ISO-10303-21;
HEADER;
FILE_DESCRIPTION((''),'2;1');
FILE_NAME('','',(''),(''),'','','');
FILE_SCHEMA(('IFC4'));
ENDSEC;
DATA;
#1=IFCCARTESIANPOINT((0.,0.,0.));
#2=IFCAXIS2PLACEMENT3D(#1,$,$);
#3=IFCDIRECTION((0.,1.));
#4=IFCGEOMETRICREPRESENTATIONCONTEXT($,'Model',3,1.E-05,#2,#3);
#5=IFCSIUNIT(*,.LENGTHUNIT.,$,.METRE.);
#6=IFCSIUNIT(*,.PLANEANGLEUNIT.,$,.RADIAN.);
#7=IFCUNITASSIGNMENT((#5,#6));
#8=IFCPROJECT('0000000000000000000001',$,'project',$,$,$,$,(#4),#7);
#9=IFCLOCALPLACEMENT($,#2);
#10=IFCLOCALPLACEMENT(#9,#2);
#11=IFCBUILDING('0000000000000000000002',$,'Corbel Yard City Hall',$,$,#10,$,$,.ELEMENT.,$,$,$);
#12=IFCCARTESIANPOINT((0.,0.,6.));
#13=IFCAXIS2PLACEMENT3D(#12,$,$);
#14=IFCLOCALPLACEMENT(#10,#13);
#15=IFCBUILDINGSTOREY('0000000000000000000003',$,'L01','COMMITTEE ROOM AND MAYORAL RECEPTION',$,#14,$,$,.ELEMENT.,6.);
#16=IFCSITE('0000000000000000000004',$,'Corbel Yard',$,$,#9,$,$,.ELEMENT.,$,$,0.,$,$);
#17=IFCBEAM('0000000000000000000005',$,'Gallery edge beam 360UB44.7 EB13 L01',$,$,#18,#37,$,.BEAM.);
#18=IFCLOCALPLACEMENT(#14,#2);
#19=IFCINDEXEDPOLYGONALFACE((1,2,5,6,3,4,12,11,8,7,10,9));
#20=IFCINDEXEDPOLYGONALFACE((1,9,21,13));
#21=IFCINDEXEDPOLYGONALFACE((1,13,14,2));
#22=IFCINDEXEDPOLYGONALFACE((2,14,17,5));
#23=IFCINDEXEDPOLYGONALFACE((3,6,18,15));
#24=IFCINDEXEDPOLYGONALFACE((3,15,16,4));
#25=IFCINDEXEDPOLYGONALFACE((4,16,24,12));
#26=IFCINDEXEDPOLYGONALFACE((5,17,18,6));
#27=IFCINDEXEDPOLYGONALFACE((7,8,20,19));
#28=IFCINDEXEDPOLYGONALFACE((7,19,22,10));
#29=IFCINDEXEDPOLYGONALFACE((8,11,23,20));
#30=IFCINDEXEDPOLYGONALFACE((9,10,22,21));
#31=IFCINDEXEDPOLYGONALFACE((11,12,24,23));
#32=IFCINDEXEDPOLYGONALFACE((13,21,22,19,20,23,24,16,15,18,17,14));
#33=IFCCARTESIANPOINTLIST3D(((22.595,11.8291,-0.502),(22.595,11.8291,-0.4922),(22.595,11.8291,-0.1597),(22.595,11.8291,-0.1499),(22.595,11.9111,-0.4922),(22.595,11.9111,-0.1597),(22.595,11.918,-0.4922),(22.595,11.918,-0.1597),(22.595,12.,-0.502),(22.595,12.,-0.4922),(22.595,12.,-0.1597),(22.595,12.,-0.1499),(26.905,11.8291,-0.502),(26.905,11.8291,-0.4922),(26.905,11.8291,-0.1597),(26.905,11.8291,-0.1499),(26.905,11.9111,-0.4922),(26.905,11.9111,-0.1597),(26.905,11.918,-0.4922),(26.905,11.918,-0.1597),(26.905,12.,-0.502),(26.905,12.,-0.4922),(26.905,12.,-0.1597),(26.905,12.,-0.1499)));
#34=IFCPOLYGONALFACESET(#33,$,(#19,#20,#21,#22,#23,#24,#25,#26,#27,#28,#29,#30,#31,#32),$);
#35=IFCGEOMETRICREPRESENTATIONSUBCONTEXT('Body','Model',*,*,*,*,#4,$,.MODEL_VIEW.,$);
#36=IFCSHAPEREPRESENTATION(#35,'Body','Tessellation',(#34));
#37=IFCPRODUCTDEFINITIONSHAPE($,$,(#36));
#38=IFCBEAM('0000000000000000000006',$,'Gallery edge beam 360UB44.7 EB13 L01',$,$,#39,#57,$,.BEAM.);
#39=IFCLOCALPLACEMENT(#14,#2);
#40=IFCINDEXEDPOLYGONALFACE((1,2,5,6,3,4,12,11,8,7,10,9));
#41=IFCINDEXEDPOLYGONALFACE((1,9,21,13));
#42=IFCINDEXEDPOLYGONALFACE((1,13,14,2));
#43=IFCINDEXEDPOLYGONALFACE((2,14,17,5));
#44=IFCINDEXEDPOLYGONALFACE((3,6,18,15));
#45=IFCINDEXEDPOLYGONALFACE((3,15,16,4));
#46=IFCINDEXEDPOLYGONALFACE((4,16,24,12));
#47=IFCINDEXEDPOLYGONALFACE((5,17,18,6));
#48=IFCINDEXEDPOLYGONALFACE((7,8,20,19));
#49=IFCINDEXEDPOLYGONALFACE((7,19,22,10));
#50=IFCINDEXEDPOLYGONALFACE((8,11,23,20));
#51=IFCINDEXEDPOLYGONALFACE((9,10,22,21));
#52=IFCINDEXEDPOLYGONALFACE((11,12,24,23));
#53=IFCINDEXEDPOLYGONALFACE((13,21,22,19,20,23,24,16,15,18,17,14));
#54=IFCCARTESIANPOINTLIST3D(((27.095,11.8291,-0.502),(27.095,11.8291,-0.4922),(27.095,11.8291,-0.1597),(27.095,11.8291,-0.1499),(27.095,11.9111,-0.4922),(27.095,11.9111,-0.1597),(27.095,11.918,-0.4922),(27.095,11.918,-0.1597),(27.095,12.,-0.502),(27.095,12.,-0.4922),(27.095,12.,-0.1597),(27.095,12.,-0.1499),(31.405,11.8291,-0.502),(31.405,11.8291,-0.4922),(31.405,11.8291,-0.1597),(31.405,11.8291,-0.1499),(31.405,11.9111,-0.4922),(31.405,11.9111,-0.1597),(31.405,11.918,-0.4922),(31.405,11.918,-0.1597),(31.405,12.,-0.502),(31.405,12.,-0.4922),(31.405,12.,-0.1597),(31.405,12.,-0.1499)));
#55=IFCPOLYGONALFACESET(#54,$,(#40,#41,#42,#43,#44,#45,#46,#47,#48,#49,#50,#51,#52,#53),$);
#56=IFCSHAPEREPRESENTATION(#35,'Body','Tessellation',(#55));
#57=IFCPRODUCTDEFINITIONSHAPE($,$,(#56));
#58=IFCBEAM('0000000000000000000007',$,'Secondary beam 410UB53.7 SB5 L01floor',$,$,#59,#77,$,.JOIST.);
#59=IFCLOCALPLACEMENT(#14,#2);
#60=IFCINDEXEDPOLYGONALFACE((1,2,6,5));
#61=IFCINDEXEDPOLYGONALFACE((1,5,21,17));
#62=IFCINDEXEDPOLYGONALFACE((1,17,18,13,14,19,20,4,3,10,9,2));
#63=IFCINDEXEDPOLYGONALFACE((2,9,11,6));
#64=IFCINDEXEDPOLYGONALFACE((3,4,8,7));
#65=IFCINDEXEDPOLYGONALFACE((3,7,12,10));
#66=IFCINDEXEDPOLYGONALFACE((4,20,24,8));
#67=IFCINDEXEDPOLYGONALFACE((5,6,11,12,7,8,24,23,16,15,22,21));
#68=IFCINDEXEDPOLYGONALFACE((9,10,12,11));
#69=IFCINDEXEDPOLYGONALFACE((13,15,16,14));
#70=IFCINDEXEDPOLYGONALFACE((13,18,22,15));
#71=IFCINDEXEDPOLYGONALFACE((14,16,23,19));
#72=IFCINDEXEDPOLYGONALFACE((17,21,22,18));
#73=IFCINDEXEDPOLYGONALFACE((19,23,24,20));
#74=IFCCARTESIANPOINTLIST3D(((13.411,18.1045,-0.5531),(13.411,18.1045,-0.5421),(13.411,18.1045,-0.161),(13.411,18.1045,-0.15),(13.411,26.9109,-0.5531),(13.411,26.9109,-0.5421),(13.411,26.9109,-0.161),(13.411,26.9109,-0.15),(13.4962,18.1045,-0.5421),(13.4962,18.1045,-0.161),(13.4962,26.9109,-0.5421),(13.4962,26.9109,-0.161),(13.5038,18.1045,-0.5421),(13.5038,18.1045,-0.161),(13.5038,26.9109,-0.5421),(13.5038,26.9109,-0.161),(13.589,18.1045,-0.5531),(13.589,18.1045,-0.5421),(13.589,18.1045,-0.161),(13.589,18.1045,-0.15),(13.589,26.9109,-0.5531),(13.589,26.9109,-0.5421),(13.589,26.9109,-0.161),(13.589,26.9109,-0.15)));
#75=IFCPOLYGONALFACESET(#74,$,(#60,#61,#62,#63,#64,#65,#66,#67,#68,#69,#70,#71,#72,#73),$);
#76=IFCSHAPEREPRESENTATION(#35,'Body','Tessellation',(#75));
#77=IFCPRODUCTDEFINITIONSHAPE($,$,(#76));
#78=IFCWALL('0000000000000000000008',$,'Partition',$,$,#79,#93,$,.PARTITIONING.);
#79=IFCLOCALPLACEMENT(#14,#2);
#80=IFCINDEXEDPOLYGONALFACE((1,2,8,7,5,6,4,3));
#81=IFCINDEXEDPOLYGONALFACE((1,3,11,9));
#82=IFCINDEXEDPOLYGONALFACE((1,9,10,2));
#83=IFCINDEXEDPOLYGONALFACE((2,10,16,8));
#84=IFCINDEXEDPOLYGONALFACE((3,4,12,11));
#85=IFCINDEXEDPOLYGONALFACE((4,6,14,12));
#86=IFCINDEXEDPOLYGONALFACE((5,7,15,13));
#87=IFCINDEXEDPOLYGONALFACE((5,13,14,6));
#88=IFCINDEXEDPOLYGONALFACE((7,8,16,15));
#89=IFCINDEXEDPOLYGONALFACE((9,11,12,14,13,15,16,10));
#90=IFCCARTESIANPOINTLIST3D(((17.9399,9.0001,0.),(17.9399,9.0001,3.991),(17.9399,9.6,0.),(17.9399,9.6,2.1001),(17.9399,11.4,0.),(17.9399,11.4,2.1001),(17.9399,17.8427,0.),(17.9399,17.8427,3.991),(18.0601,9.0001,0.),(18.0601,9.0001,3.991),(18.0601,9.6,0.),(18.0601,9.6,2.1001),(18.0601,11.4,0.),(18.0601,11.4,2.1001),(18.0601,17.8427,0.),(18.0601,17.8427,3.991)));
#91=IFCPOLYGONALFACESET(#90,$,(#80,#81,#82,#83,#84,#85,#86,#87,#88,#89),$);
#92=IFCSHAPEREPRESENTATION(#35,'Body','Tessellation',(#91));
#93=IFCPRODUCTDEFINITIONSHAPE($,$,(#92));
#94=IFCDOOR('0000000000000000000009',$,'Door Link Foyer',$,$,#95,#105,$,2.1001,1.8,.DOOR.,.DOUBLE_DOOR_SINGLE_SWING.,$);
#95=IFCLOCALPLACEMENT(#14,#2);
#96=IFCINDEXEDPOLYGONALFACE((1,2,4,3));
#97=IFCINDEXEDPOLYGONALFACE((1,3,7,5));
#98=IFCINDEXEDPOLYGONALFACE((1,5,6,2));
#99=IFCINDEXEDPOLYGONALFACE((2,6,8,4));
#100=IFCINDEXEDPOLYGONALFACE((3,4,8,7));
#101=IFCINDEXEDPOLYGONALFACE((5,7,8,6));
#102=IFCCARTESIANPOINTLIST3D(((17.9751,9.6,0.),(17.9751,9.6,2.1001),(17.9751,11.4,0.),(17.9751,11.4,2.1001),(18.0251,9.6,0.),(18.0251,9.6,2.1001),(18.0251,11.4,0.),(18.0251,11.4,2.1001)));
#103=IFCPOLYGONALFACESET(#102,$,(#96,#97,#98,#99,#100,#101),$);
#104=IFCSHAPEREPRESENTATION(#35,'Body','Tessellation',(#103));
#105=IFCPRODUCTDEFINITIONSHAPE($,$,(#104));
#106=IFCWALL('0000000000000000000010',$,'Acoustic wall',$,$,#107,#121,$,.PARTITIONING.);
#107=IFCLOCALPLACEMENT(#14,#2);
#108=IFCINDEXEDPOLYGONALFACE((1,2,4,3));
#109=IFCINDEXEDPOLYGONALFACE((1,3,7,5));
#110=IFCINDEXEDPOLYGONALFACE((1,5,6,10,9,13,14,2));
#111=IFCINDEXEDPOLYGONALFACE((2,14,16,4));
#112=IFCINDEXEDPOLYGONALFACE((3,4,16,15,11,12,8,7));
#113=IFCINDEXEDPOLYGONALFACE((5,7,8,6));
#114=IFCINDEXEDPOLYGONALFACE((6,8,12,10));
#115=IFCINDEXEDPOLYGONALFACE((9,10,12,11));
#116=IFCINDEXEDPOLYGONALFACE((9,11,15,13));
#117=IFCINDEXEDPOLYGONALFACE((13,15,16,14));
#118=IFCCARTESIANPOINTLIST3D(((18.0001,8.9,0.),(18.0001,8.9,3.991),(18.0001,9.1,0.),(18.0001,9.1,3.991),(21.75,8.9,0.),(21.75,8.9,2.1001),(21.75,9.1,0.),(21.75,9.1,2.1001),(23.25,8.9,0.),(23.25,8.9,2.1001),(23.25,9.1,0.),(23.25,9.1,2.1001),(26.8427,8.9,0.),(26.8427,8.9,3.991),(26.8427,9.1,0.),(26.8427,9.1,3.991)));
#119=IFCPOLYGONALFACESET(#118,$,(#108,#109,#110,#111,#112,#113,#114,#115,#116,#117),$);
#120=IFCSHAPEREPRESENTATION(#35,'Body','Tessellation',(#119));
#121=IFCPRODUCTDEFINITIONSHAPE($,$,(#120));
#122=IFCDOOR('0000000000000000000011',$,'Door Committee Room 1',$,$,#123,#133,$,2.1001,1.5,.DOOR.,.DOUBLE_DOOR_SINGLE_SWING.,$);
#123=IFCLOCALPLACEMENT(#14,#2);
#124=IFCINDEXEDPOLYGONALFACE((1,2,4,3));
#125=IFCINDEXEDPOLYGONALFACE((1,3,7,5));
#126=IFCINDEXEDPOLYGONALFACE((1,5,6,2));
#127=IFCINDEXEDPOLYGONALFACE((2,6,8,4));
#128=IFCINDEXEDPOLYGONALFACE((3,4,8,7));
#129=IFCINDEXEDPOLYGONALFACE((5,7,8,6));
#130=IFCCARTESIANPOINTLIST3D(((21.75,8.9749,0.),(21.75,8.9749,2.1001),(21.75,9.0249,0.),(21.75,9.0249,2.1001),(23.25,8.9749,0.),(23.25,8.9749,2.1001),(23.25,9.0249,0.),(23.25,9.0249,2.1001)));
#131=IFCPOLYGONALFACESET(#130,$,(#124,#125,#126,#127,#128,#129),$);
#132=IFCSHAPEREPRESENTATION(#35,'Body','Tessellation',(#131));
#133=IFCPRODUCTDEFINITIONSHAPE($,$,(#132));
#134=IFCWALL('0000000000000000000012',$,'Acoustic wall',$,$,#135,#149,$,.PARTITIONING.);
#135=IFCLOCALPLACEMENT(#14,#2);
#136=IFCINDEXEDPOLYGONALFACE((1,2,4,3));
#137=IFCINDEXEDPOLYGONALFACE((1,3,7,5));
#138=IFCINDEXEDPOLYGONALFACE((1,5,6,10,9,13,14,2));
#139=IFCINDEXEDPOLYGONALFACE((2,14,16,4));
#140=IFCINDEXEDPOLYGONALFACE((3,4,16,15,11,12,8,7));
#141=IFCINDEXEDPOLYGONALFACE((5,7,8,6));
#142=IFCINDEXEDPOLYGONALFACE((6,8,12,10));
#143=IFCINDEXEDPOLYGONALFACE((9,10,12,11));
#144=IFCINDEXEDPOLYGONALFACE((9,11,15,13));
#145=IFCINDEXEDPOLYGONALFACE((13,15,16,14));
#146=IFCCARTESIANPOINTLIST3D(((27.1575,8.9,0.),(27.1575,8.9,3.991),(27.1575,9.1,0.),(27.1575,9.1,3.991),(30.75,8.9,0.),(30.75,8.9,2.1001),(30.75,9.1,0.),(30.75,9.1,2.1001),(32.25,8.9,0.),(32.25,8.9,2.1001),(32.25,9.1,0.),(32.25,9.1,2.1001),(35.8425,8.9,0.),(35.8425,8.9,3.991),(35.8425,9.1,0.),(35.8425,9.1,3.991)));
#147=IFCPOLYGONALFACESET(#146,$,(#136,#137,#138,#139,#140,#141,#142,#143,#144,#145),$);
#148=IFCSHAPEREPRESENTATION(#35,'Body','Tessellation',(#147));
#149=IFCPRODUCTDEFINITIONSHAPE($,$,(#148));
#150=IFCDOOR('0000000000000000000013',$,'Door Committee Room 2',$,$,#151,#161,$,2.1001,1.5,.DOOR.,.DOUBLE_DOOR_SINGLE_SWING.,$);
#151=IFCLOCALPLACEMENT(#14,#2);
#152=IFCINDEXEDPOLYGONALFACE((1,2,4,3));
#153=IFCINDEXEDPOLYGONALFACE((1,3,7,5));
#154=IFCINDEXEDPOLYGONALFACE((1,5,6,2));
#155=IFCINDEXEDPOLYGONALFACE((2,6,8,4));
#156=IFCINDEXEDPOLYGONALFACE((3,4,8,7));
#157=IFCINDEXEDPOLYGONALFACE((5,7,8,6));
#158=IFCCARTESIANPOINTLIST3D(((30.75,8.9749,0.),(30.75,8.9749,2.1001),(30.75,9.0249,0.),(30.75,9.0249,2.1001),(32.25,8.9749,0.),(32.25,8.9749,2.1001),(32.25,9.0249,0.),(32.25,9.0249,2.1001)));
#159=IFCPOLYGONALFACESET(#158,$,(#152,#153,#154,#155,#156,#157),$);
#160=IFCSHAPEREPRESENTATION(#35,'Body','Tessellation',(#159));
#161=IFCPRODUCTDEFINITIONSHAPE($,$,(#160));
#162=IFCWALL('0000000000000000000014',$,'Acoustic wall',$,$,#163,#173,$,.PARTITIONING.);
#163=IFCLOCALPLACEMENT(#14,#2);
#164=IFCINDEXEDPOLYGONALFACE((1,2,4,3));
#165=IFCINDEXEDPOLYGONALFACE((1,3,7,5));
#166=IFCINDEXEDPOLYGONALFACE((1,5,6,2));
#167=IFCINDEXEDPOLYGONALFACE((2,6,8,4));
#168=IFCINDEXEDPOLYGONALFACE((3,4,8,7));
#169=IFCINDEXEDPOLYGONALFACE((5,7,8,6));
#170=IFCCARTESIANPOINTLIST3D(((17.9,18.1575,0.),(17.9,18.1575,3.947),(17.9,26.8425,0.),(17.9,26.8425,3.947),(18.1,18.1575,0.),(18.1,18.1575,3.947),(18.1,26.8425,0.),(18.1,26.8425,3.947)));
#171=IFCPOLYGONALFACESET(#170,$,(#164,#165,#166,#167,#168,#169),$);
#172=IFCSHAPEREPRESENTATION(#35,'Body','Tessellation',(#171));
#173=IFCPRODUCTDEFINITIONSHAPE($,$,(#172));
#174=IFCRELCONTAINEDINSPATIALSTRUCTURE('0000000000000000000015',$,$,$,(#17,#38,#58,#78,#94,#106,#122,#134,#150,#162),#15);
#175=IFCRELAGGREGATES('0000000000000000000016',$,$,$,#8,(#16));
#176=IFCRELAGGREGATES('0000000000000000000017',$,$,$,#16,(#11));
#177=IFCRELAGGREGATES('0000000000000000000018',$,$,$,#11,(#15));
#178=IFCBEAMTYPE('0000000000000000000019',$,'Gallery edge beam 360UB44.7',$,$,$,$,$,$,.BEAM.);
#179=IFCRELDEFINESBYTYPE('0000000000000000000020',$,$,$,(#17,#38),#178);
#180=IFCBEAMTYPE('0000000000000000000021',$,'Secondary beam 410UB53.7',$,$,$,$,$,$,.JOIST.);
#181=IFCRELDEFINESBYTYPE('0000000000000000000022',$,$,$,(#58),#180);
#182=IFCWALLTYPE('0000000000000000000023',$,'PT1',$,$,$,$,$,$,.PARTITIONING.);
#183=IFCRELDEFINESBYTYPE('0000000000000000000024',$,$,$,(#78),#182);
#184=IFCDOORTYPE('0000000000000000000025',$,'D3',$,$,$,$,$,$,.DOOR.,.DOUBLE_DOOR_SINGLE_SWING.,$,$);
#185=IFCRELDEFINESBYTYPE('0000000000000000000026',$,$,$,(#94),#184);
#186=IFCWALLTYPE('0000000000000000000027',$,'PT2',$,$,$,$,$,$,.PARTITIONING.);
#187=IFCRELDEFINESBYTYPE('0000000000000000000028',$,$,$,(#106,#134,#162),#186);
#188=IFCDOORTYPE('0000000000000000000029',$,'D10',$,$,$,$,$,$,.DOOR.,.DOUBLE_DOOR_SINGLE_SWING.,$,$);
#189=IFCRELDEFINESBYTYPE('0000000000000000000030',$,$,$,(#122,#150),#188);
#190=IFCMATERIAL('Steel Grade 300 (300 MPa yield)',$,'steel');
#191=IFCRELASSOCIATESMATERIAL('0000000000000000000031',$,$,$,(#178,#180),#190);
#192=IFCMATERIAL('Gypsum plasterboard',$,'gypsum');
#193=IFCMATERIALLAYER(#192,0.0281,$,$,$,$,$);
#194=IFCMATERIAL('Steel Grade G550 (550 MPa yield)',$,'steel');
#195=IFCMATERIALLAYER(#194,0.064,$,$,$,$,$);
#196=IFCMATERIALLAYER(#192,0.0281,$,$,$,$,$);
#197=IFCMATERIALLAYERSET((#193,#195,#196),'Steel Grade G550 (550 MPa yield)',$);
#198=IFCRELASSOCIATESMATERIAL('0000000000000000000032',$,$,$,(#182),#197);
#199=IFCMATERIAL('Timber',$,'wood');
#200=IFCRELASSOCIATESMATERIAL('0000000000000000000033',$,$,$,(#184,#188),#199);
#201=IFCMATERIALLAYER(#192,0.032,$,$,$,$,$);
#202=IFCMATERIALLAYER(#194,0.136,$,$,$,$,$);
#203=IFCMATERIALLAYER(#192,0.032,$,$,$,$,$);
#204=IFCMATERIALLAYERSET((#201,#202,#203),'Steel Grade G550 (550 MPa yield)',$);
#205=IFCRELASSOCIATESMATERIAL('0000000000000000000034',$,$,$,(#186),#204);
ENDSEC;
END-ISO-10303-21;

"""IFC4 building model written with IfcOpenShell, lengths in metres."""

from ifc_helpers import new_model, si_unit, direction, frame, frame_2d, origin, origin_2d, place, context, subcontext, project, spatial, rectangle, i_section, extrude, material, layer, layer_set, material_profile, profile_set, type_object, element, fill, save


model = new_model("IFC4")

# Units and contexts
model_context = context("Model", 3, precision=1e-05, world=origin(), true_north=direction((0.0, 1.0)))
body_context = subcontext(model_context, "Body", "Model", "MODEL_VIEW")
ifc_project = project(units=[si_unit("LENGTHUNIT", "METRE"), si_unit("PLANEANGLEUNIT", "RADIAN")], contexts=[model_context])

# Site, building, storey
site_placement = place(None, origin())
site = spatial("IfcSite", under=ifc_project, at=site_placement, Name="Corbel Yard", CompositionType="ELEMENT", RefElevation=0.0)
building_placement = place(site_placement, origin())
building = spatial("IfcBuilding", under=site, at=building_placement, Name="Corbel Yard City Hall", CompositionType="ELEMENT")
storey_placement = place(building_placement, frame((0.0, 0.0, 6.0)))
storey = spatial("IfcBuildingStorey", under=building, at=storey_placement, Name="L01", Description="COMMITTEE ROOM AND MAYORAL RECEPTION", CompositionType="ELEMENT", Elevation=6.0)

# Shared definitions
ifc_material_1 = material(Name="Steel Grade 300 (300 MPa yield)", Category="steel")

# Beams
ifc_material_profile_1 = material_profile(ifc_material_1, i_section(OverallWidth=0.1709, OverallDepth=0.3521, WebThickness=0.0068, FlangeThickness=0.0098, at=origin_2d()), Name="360UB44.7")
ifc_profile_set_1 = profile_set([ifc_material_profile_1], Name="Steel Grade 300 (300 MPa yield)")
beam_type_1 = type_object("IfcBeamType", Name="Gallery edge beam 360UB44.7", PredefinedType="BEAM", material=ifc_profile_set_1)
for number, where, z_axis, x_axis, name in (
    (1, (22.595, 11.9146, -0.3259), (1.0, 0.0, 0.0), (0.0, 1.0, 0.0), "Gallery edge beam 360UB44.7 EB13 L01"),
    (2, (27.095, 11.9146, -0.3259), (1.0, 0.0, 0.0), (0.0, 1.0, 0.0), "Gallery edge beam 360UB44.7 EB13 L01"),
):
    element("IfcBeam", number, at=place(storey_placement, frame(where, z_axis=z_axis, x_axis=x_axis)), inside=storey, type_object=beam_type_1, Name=name, PredefinedType="BEAM", context=body_context, shape_type="SweptSolid", body=[
        extrude(i_section(OverallWidth=0.1709, OverallDepth=0.3521, WebThickness=0.0068, FlangeThickness=0.0098, at=origin_2d()), origin(), (0.0, 0.0, 1.0), 4.3101),
    ])
ifc_material_profile_2 = material_profile(ifc_material_1, i_section(OverallWidth=0.178, OverallDepth=0.4031, WebThickness=0.0076, FlangeThickness=0.011, at=origin_2d()), Name="410UB53.7")
ifc_profile_set_2 = profile_set([ifc_material_profile_2], Name="Steel Grade 300 (300 MPa yield)")
beam_type_2 = type_object("IfcBeamType", Name="Secondary beam 410UB53.7", PredefinedType="JOIST", material=ifc_profile_set_2)
beam_1_placement = place(storey_placement, frame((13.5, 18.1045, -0.3516), z_axis=(0.0, 1.0, 0.0), x_axis=(-1.0, 0.0, 0.0)))
element("IfcBeam", 3, at=beam_1_placement, inside=storey, type_object=beam_type_2, Name="Secondary beam 410UB53.7 SB5 L01floor", PredefinedType="JOIST", context=body_context, shape_type="SweptSolid", body=[
    extrude(i_section(OverallWidth=0.178, OverallDepth=0.4031, WebThickness=0.0076, FlangeThickness=0.011, at=origin_2d()), origin(), (0.0, 0.0, 1.0), 8.8064),
])

# Walls, openings, doors
ifc_material_2 = material(Name="Gypsum plasterboard", Category="gypsum")
ifc_layer_1 = layer(ifc_material_2, 0.0281)
ifc_material_3 = material(Name="Steel Grade G550 (550 MPa yield)", Category="steel")
ifc_layer_2 = layer(ifc_material_3, 0.064)
ifc_layer_3 = layer(ifc_material_2, 0.0281)
ifc_layer_set_1 = layer_set([ifc_layer_1, ifc_layer_2, ifc_layer_3], Name="Steel Grade G550 (550 MPa yield)")
wall_type_1 = type_object("IfcWallType", Name="PT1", PredefinedType="PARTITIONING", material=ifc_layer_set_1)
wall_1_placement = place(storey_placement, frame((18.0, 9.0, 0.0), z_axis=(0.0, 0.0, 1.0), x_axis=(0.0, 1.0, 0.0)))
wall_1 = element("IfcWall", 4, at=wall_1_placement, inside=storey, type_object=wall_type_1, Name="Partition", PredefinedType="PARTITIONING", context=body_context, shape_type="SweptSolid", body=[
    extrude(rectangle(XDim=8.8425, YDim=0.1201, at=frame_2d((4.4214, 0.0))), origin(), (0.0, 0.0, 1.0), 3.991),
])
opening_1_placement = place(wall_1_placement, frame((0.6001, 0.0, 0.0)))
opening_1 = element("IfcOpeningElement", 5, at=opening_1_placement, cuts=wall_1, PredefinedType="OPENING", context=body_context, shape_type="SweptSolid", body=[
    extrude(rectangle(XDim=1.8, YDim=2.1001, at=frame_2d((0.8999, 1.05))), frame((0.0, 0.0701, 0.0), z_axis=(0.0, -1.0, 0.0), x_axis=(1.0, 0.0, 0.0)), (0.0, 0.0, 1.0), 0.1401),
])
ifc_material_4 = material(Name="Timber", Category="wood")
door_type_1 = type_object("IfcDoorType", Name="D3", OperationType="DOUBLE_DOOR_SINGLE_SWING", PredefinedType="DOOR", material=ifc_material_4)
door_1_placement = place(opening_1_placement, origin())
door_1 = element("IfcDoor", 6, at=door_1_placement, inside=storey, type_object=door_type_1, Name="Door Link Foyer", OperationType="DOUBLE_DOOR_SINGLE_SWING", OverallHeight=2.1001, OverallWidth=1.8, PredefinedType="DOOR", context=body_context, shape_type="SweptSolid", body=[
    extrude(rectangle(XDim=1.8, YDim=2.1001, at=frame_2d((0.8999, 1.05))), frame((0.0, 0.0249, 0.0), z_axis=(0.0, -1.0, 0.0), x_axis=(1.0, 0.0, 0.0)), (0.0, 0.0, 1.0), 0.05),
])
fill(opening_1, door_1)
ifc_layer_4 = layer(ifc_material_2, 0.032)
ifc_layer_5 = layer(ifc_material_3, 0.136)
ifc_layer_6 = layer(ifc_material_2, 0.032)
ifc_layer_set_2 = layer_set([ifc_layer_4, ifc_layer_5, ifc_layer_6], Name="Steel Grade G550 (550 MPa yield)")
wall_type_2 = type_object("IfcWallType", Name="PT2", PredefinedType="PARTITIONING", material=ifc_layer_set_2)
wall_2_placement = place(storey_placement, frame((18.0, 9.0, 0.0), z_axis=(0.0, 0.0, 1.0), x_axis=(1.0, 0.0, 0.0)))
wall_2 = element("IfcWall", 7, at=wall_2_placement, inside=storey, type_object=wall_type_2, Name="Acoustic wall", PredefinedType="PARTITIONING", context=body_context, shape_type="SweptSolid", body=[
    extrude(rectangle(XDim=8.8425, YDim=0.2, at=frame_2d((4.4214, 0.0))), origin(), (0.0, 0.0, 1.0), 3.991),
])
opening_2_placement = place(wall_2_placement, frame((3.75, 0.0, 0.0)))
opening_2 = element("IfcOpeningElement", 8, at=opening_2_placement, cuts=wall_2, PredefinedType="OPENING", context=body_context, shape_type="SweptSolid", body=[
    extrude(rectangle(XDim=1.5, YDim=2.1001, at=frame_2d((0.75, 1.05))), frame((0.0, 0.1099, 0.0), z_axis=(0.0, -1.0, 0.0), x_axis=(1.0, 0.0, 0.0)), (0.0, 0.0, 1.0), 0.22),
])
door_type_2 = type_object("IfcDoorType", Name="D10", OperationType="DOUBLE_DOOR_SINGLE_SWING", PredefinedType="DOOR", material=ifc_material_4)
door_2_placement = place(opening_2_placement, origin())
door_2 = element("IfcDoor", 9, at=door_2_placement, inside=storey, type_object=door_type_2, Name="Door Committee Room 1", OperationType="DOUBLE_DOOR_SINGLE_SWING", OverallHeight=2.1001, OverallWidth=1.5, PredefinedType="DOOR", context=body_context, shape_type="SweptSolid", body=[
    extrude(rectangle(XDim=1.5, YDim=2.1001, at=frame_2d((0.75, 1.05))), frame((0.0, 0.0249, 0.0), z_axis=(0.0, -1.0, 0.0), x_axis=(1.0, 0.0, 0.0)), (0.0, 0.0, 1.0), 0.05),
])
fill(opening_2, door_2)
wall_3_placement = place(storey_placement, frame((27.1575, 9.0, 0.0), z_axis=(0.0, 0.0, 1.0), x_axis=(1.0, 0.0, 0.0)))
wall_3 = element("IfcWall", 10, at=wall_3_placement, inside=storey, type_object=wall_type_2, Name="Acoustic wall", PredefinedType="PARTITIONING", context=body_context, shape_type="SweptSolid", body=[
    extrude(rectangle(XDim=8.6851, YDim=0.2, at=frame_2d((4.3425, 0.0))), origin(), (0.0, 0.0, 1.0), 3.991),
])
opening_3_placement = place(wall_3_placement, frame((3.5925, 0.0, 0.0)))
opening_3 = element("IfcOpeningElement", 11, at=opening_3_placement, cuts=wall_3, PredefinedType="OPENING", context=body_context, shape_type="SweptSolid", body=[
    extrude(rectangle(XDim=1.5, YDim=2.1001, at=frame_2d((0.75, 1.05))), frame((0.0, 0.1099, 0.0), z_axis=(0.0, -1.0, 0.0), x_axis=(1.0, 0.0, 0.0)), (0.0, 0.0, 1.0), 0.22),
])
door_3_placement = place(opening_3_placement, origin())
door_3 = element("IfcDoor", 12, at=door_3_placement, inside=storey, type_object=door_type_2, Name="Door Committee Room 2", OperationType="DOUBLE_DOOR_SINGLE_SWING", OverallHeight=2.1001, OverallWidth=1.5, PredefinedType="DOOR", context=body_context, shape_type="SweptSolid", body=[
    extrude(rectangle(XDim=1.5, YDim=2.1001, at=frame_2d((0.75, 1.05))), frame((0.0, 0.0249, 0.0), z_axis=(0.0, -1.0, 0.0), x_axis=(1.0, 0.0, 0.0)), (0.0, 0.0, 1.0), 0.05),
])
fill(opening_3, door_3)

# Wall
wall_4_placement = place(storey_placement, frame((18.0, 18.1575, 0.0), z_axis=(0.0, 0.0, 1.0), x_axis=(0.0, 1.0, 0.0)))
element("IfcWall", 13, at=wall_4_placement, inside=storey, type_object=wall_type_2, Name="Acoustic wall", PredefinedType="PARTITIONING", context=body_context, shape_type="SweptSolid", body=[
    extrude(rectangle(XDim=8.6851, YDim=0.2, at=frame_2d((4.3425, 0.0))), origin(), (0.0, 0.0, 1.0), 3.947),
])

save(model, "model.ifc")
